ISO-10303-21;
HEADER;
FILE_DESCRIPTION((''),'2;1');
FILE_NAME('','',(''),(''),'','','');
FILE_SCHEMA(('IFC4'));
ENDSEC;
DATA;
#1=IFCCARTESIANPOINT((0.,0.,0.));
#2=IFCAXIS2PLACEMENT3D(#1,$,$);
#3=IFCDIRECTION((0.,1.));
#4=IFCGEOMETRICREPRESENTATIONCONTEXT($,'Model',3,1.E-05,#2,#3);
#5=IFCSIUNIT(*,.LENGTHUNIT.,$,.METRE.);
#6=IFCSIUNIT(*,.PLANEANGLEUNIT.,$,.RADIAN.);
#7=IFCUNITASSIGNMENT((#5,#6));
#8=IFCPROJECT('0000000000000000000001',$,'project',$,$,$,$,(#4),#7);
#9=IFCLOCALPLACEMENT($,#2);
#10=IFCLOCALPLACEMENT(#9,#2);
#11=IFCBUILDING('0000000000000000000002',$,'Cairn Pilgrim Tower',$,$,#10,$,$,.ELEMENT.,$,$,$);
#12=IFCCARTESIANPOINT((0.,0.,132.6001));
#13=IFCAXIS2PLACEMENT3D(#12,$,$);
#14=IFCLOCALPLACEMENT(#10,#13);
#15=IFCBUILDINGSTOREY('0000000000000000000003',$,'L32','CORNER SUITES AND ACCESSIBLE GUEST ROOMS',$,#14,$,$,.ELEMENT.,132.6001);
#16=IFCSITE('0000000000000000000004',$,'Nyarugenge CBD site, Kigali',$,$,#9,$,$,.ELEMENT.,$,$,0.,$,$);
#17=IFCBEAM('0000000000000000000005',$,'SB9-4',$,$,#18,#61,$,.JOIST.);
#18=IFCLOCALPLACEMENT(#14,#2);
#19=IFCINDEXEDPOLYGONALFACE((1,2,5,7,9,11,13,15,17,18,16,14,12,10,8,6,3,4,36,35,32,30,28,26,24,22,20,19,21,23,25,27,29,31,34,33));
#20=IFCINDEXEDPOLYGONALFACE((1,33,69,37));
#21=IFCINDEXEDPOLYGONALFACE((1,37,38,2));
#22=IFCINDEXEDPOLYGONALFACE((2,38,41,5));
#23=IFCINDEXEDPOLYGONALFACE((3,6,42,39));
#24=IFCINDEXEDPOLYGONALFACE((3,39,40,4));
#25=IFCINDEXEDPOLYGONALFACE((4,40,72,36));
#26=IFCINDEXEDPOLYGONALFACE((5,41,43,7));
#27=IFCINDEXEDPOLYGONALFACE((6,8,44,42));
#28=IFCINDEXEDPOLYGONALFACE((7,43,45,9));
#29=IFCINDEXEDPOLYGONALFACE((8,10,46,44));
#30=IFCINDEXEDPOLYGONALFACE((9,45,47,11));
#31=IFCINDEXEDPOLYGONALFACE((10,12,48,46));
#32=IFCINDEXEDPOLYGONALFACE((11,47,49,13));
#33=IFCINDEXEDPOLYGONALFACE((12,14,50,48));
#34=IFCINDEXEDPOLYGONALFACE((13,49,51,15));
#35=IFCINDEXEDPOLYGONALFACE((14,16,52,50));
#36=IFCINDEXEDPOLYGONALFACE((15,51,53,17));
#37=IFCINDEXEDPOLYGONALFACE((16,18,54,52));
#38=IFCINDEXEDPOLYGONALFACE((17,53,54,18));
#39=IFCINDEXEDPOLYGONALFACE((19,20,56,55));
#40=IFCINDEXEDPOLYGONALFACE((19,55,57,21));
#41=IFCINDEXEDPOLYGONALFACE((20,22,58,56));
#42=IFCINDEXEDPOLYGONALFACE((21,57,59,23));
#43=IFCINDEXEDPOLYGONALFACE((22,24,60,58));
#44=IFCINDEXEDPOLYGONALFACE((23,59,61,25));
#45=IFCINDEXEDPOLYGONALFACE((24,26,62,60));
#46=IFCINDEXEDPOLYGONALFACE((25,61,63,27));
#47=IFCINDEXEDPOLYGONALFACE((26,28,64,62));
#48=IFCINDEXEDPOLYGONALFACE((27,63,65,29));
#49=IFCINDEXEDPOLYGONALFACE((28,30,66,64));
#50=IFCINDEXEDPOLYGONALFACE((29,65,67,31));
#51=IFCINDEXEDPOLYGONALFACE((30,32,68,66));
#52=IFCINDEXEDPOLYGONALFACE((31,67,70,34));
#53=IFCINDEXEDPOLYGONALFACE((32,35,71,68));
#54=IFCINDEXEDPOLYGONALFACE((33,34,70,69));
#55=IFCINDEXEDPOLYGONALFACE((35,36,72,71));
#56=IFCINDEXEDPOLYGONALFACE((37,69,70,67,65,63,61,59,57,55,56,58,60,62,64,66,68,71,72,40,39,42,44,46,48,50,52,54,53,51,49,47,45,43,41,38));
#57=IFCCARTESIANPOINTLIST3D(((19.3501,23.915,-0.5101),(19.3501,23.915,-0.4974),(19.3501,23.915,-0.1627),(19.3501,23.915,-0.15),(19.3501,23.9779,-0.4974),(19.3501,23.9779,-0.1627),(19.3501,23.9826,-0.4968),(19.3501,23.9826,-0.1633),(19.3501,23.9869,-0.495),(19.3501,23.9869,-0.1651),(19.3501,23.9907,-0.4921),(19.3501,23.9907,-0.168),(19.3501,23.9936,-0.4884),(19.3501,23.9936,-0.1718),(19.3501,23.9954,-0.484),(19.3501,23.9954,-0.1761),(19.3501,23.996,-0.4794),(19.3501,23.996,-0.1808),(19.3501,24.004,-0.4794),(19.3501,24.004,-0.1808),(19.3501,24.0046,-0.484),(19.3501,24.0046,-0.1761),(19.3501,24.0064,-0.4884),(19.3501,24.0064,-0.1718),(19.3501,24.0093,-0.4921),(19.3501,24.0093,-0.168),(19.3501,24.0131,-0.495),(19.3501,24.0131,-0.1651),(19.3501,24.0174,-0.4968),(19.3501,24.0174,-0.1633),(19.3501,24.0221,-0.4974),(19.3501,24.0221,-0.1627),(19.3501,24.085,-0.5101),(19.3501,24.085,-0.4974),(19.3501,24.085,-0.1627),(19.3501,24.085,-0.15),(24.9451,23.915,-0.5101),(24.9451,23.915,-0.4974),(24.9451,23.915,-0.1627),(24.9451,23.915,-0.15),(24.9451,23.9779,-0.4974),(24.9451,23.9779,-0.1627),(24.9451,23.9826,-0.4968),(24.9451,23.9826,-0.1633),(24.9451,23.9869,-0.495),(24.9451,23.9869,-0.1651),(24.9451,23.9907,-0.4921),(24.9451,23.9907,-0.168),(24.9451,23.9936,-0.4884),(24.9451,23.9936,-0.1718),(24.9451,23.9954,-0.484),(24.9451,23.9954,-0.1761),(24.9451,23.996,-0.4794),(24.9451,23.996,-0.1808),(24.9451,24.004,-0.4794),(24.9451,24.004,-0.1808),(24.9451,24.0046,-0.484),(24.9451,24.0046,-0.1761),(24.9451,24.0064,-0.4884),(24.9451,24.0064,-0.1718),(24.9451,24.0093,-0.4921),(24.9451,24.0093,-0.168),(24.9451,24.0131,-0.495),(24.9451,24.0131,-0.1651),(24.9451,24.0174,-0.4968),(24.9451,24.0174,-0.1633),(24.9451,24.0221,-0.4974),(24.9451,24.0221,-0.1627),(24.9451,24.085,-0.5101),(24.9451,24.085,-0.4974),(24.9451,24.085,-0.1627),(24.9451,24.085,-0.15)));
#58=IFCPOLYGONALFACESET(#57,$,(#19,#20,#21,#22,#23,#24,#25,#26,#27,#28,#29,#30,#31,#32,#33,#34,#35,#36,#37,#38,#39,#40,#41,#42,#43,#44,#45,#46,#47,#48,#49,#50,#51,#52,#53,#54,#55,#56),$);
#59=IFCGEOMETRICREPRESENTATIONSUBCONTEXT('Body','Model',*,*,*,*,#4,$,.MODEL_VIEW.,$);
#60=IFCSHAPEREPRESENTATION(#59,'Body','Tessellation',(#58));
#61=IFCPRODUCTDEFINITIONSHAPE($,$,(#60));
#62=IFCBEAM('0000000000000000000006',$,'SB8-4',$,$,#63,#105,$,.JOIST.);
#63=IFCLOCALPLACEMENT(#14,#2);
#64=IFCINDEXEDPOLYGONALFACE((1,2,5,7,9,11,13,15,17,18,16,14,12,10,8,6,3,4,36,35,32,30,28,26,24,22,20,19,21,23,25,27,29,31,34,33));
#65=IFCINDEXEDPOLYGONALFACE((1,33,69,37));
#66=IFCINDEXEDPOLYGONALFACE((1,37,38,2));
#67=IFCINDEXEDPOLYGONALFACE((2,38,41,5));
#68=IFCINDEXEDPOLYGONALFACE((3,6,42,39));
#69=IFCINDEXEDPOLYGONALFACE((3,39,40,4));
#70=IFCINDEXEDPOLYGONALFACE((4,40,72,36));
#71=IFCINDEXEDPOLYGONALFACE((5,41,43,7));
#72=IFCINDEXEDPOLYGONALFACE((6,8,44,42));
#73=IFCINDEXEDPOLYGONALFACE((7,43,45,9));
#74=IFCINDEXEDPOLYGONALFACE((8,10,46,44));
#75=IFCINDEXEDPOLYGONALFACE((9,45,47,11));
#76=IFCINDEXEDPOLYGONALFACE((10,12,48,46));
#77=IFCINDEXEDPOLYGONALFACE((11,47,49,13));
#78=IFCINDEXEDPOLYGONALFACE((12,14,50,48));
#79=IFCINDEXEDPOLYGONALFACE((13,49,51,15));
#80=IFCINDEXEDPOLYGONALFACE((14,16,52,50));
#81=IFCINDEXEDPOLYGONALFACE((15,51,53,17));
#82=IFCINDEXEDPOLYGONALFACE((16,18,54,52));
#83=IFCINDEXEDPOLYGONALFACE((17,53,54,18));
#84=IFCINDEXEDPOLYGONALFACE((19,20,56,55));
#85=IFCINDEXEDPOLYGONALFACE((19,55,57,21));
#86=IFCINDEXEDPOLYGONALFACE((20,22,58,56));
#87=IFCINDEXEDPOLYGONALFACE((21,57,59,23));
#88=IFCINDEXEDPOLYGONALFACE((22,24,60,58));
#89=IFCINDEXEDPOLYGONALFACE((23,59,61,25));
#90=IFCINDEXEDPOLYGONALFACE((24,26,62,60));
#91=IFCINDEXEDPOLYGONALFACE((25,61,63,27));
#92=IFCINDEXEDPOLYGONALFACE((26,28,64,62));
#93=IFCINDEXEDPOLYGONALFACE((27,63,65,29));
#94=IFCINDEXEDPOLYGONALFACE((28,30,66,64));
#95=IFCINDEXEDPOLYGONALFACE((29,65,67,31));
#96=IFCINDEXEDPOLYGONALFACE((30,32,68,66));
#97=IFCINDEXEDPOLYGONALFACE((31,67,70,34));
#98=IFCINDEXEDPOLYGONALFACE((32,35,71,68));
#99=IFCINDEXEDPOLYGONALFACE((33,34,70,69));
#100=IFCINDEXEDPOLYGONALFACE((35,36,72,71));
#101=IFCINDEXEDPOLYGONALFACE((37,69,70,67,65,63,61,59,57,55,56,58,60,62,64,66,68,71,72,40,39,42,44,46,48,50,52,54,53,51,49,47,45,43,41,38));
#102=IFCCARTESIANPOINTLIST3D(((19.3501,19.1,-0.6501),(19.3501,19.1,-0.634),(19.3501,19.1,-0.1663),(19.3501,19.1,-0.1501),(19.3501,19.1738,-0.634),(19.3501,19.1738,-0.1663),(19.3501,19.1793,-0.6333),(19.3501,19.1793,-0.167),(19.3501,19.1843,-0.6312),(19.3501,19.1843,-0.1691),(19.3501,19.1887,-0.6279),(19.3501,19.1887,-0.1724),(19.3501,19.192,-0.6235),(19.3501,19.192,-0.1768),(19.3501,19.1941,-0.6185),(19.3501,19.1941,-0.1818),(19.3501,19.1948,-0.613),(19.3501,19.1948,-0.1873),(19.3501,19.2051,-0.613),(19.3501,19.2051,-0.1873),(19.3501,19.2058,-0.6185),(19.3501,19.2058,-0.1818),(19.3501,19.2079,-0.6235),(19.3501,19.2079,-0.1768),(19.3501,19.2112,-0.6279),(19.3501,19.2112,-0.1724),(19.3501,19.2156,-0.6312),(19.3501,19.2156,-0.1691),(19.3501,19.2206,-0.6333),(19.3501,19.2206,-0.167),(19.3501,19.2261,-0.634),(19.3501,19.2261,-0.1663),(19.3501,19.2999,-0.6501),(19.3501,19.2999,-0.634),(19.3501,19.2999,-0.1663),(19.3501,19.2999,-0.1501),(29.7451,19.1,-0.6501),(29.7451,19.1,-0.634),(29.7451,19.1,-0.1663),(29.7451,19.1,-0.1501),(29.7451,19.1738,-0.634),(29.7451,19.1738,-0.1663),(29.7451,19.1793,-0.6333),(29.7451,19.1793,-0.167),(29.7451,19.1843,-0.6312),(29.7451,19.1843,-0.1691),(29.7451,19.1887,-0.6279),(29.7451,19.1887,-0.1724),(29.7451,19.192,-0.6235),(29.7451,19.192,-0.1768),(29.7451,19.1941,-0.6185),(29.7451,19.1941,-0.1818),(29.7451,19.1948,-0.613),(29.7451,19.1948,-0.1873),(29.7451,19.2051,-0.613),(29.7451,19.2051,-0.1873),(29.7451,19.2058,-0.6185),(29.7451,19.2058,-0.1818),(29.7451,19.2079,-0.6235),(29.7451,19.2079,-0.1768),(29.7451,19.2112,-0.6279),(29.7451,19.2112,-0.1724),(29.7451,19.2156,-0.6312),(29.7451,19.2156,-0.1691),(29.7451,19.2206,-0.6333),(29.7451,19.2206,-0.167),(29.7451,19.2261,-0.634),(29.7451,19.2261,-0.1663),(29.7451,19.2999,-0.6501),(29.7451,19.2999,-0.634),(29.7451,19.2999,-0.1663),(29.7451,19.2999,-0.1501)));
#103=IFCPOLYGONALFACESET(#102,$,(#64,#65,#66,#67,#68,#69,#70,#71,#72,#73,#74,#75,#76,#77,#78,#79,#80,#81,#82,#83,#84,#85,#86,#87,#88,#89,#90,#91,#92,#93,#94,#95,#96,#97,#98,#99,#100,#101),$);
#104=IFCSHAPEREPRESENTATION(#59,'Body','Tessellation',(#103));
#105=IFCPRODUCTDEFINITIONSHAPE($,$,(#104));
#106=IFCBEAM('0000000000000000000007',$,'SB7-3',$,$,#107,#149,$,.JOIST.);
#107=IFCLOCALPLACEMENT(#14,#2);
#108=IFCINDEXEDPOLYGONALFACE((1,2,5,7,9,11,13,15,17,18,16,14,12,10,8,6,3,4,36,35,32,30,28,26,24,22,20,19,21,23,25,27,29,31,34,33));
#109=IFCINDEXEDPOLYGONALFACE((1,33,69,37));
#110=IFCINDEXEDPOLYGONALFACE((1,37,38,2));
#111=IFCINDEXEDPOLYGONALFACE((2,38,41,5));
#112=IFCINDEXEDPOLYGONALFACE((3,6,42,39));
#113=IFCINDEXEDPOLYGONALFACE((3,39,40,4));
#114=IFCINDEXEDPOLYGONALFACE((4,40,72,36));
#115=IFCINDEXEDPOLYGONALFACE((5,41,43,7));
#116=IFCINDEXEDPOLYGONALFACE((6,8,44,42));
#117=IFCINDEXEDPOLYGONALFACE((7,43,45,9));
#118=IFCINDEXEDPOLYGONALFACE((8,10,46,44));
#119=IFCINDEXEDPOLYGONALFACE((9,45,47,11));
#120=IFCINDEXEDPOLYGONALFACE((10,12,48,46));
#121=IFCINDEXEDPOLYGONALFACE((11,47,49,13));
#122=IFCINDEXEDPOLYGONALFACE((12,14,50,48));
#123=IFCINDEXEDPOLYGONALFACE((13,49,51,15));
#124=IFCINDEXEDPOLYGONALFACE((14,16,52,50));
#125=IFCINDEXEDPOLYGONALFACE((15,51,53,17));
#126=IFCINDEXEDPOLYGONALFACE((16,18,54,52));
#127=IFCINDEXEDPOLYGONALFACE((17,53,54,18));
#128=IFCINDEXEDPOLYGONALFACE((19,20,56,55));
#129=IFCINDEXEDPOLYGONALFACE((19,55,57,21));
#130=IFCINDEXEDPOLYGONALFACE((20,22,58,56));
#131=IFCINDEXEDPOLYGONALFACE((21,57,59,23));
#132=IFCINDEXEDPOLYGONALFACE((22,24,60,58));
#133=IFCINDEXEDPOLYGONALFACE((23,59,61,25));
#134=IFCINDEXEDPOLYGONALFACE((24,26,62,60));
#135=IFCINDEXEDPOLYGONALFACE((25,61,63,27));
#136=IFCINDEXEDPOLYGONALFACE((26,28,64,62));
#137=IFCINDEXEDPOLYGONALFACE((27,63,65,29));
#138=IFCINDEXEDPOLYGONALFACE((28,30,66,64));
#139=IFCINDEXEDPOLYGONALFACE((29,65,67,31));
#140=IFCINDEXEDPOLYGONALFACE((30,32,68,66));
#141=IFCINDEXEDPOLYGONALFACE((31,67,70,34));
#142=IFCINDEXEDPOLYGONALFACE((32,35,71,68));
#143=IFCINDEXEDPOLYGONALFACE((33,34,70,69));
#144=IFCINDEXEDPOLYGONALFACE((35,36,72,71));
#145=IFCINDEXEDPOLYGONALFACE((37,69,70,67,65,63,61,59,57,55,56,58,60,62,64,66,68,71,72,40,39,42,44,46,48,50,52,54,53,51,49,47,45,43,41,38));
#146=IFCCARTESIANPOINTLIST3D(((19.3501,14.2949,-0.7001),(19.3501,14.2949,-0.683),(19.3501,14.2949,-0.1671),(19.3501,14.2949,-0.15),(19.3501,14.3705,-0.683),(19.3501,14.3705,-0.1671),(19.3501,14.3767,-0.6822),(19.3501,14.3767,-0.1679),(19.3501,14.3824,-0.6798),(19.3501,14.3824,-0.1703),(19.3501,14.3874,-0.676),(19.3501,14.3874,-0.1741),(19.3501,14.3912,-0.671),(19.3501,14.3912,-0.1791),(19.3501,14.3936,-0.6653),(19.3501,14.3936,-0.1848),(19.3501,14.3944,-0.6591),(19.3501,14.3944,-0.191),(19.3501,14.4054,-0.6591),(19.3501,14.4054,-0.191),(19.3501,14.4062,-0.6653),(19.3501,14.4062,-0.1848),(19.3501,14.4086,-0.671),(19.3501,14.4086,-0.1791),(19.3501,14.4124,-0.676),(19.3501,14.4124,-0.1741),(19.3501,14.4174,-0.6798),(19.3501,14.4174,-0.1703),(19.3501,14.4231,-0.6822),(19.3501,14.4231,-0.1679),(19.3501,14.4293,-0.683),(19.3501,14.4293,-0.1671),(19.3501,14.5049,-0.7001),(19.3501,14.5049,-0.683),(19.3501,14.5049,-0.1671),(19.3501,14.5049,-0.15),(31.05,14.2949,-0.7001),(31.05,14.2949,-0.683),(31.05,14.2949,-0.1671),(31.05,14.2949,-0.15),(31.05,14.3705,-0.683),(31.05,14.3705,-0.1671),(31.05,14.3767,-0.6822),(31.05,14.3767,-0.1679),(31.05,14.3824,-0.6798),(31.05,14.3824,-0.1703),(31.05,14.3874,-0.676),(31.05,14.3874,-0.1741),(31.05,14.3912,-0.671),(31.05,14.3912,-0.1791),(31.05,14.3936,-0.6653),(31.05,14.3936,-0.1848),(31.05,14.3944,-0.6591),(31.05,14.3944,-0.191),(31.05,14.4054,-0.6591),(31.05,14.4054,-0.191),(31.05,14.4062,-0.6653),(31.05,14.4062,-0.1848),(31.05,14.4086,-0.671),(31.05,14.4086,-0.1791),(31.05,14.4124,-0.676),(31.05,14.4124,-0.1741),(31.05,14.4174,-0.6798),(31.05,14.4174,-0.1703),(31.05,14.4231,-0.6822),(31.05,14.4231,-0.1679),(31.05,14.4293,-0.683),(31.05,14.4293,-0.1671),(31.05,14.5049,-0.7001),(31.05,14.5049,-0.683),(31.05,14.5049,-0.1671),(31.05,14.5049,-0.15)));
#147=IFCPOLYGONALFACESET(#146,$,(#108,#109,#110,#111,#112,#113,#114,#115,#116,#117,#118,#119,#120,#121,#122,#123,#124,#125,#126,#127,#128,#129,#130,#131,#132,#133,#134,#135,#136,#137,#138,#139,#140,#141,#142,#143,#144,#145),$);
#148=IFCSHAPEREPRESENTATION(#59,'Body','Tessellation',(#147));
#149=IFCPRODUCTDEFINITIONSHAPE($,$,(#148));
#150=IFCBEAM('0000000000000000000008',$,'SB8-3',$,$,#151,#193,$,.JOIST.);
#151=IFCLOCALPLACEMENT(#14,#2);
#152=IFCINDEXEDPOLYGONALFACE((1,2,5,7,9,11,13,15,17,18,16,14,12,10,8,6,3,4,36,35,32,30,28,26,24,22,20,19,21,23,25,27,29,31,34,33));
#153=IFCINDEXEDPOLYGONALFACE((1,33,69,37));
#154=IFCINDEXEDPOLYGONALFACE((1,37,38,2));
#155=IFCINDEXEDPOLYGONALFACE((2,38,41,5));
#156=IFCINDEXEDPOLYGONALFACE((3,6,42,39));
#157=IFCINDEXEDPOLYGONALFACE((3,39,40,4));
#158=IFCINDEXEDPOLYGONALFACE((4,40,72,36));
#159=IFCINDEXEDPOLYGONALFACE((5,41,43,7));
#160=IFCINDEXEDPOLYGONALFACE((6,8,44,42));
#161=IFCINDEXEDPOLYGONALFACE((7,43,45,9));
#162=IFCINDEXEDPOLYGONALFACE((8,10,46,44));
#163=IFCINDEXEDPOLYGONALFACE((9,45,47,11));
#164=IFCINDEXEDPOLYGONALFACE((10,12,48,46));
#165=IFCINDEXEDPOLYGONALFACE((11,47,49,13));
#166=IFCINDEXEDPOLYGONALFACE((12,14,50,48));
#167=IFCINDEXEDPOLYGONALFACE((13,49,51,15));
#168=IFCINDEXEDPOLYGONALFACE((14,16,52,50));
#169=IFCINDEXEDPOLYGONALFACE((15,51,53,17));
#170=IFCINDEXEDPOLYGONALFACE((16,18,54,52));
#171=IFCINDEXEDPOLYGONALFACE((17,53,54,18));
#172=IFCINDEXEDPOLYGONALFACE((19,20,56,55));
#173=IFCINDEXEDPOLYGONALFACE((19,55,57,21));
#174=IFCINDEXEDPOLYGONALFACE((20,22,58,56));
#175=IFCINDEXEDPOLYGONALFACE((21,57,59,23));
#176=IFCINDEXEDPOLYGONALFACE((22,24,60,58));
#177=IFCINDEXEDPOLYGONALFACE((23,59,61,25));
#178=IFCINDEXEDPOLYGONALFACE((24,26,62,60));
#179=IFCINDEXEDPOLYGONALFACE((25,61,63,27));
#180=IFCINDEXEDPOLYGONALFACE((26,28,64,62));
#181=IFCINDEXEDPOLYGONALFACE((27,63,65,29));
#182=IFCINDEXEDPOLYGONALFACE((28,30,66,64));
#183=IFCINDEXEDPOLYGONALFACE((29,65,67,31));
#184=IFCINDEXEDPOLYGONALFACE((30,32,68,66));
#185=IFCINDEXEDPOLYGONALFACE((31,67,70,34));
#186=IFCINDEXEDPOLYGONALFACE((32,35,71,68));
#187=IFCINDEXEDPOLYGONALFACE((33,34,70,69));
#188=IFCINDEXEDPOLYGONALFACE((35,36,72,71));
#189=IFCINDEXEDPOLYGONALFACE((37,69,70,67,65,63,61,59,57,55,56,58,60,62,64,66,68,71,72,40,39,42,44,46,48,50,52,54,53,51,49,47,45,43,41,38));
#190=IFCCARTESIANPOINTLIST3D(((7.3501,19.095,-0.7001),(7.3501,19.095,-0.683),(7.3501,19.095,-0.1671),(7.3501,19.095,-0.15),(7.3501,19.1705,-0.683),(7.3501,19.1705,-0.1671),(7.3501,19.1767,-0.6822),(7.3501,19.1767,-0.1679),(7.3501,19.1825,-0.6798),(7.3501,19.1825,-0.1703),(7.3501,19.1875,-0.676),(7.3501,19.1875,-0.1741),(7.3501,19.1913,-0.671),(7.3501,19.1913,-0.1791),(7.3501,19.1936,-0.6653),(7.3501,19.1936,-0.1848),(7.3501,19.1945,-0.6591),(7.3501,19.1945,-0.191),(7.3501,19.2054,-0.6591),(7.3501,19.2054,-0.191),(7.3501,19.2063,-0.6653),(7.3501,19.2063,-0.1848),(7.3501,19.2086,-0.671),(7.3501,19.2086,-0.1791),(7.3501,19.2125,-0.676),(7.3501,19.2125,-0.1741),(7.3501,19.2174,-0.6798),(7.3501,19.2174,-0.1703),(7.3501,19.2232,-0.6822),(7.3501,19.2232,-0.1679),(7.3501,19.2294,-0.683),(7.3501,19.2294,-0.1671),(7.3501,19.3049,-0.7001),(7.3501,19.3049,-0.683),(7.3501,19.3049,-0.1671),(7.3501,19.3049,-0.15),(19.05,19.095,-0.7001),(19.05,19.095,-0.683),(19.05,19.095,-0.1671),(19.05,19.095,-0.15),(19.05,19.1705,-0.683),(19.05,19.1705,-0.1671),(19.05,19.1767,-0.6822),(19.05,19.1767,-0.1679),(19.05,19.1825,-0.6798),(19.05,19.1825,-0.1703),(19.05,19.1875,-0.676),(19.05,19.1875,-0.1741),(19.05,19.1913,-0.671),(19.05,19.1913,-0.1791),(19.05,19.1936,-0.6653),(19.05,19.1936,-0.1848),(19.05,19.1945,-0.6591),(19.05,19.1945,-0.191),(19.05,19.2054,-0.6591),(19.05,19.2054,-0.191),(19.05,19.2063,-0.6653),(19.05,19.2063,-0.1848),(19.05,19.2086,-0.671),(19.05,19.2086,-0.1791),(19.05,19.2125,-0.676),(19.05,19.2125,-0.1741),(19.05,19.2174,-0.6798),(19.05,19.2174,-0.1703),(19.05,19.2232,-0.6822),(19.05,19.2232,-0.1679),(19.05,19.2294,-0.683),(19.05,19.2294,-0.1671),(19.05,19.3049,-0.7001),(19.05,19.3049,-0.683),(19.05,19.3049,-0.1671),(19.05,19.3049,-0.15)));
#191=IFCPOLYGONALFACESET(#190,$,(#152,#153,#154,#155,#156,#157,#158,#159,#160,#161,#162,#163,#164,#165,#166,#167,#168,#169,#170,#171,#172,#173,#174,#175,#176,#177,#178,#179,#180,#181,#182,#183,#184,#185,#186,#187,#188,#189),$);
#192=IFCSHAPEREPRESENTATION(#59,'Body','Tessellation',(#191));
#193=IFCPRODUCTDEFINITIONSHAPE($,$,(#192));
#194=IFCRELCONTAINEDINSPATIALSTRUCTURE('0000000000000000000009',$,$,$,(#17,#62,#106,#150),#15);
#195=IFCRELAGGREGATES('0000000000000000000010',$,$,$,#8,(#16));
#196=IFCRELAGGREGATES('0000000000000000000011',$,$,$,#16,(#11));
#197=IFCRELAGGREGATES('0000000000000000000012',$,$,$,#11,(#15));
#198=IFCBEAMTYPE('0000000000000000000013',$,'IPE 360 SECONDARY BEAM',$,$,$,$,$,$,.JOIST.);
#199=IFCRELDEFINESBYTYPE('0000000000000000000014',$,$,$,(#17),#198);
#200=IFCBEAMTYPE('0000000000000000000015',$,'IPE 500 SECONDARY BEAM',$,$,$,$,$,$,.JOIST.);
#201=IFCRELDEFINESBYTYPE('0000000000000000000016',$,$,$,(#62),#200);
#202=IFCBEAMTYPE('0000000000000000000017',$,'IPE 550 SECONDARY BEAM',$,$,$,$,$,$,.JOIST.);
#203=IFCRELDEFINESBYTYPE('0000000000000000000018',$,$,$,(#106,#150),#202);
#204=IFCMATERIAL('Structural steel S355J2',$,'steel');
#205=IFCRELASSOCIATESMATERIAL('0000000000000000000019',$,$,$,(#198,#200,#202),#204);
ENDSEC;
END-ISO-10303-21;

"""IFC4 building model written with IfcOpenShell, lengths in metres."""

from ifc_helpers import new_model, si_unit, direction, frame, origin, origin_2d, place, context, subcontext, project, spatial, i_section, extrude, material, material_profile, profile_set, type_object, element, save


model = new_model("IFC4")

# Units and contexts
model_context = context("Model", 3, precision=1e-05, world=origin(), true_north=direction((0.0, 1.0)))
body_context = subcontext(model_context, "Body", "Model", "MODEL_VIEW")
ifc_project = project(units=[si_unit("LENGTHUNIT", "METRE"), si_unit("PLANEANGLEUNIT", "RADIAN")], contexts=[model_context])

# Site, building, storey
site_placement = place(None, origin())
site = spatial("IfcSite", under=ifc_project, at=site_placement, Name="Nyarugenge CBD site, Kigali", CompositionType="ELEMENT", RefElevation=0.0)
building_placement = place(site_placement, origin())
building = spatial("IfcBuilding", under=site, at=building_placement, Name="Cairn Pilgrim Tower", CompositionType="ELEMENT")
storey_placement = place(building_placement, frame((0.0, 0.0, 132.6001)))
storey = spatial("IfcBuildingStorey", under=building, at=storey_placement, Name="L32", Description="CORNER SUITES AND ACCESSIBLE GUEST ROOMS", CompositionType="ELEMENT", Elevation=132.6001)

# Beams
ifc_material_1 = material(Name="Structural steel S355J2", Category="steel")
ifc_material_profile_1 = material_profile(ifc_material_1, i_section(OverallWidth=0.1699, OverallDepth=0.3601, WebThickness=0.0081, FlangeThickness=0.0127, FilletRadius=0.0181, at=origin_2d()), Name="IPE 360")
ifc_profile_set_1 = profile_set([ifc_material_profile_1], Name="Structural steel S355J2")
beam_type_1 = type_object("IfcBeamType", Name="IPE 360 SECONDARY BEAM", PredefinedType="JOIST", material=ifc_profile_set_1)
beam_1_placement = place(storey_placement, frame((19.3501, 24.0, -0.3301), z_axis=(1.0, 0.0, 0.0), x_axis=(0.0, 1.0, 0.0)))
element("IfcBeam", 1, at=beam_1_placement, inside=storey, type_object=beam_type_1, Name="SB9-4", PredefinedType="JOIST", context=body_context, shape_type="SweptSolid", body=[
    extrude(i_section(OverallWidth=0.1699, OverallDepth=0.3601, WebThickness=0.0081, FlangeThickness=0.0127, FilletRadius=0.0181, at=origin_2d()), origin(), (0.0, 0.0, 1.0), 5.595),
])
ifc_material_profile_2 = material_profile(ifc_material_1, i_section(OverallWidth=0.2, OverallDepth=0.5, WebThickness=0.0103, FlangeThickness=0.0161, FilletRadius=0.021, at=origin_2d()), Name="IPE 500")
ifc_profile_set_2 = profile_set([ifc_material_profile_2], Name="Structural steel S355J2")
beam_type_2 = type_object("IfcBeamType", Name="IPE 500 SECONDARY BEAM", PredefinedType="JOIST", material=ifc_profile_set_2)
beam_2_placement = place(storey_placement, frame((19.3501, 19.2, -0.4001), z_axis=(1.0, 0.0, 0.0), x_axis=(0.0, 1.0, 0.0)))
element("IfcBeam", 2, at=beam_2_placement, inside=storey, type_object=beam_type_2, Name="SB8-4", PredefinedType="JOIST", context=body_context, shape_type="SweptSolid", body=[
    extrude(i_section(OverallWidth=0.2, OverallDepth=0.5, WebThickness=0.0103, FlangeThickness=0.0161, FilletRadius=0.021, at=origin_2d()), origin(), (0.0, 0.0, 1.0), 10.395),
])
ifc_material_profile_3 = material_profile(ifc_material_1, i_section(OverallWidth=0.21, OverallDepth=0.55, WebThickness=0.011, FlangeThickness=0.0171, FilletRadius=0.0239, at=origin_2d()), Name="IPE 550")
ifc_profile_set_3 = profile_set([ifc_material_profile_3], Name="Structural steel S355J2")
beam_type_3 = type_object("IfcBeamType", Name="IPE 550 SECONDARY BEAM", PredefinedType="JOIST", material=ifc_profile_set_3)
for number, where, z_axis, x_axis, name in (
    (3, (19.3501, 14.3999, -0.425), (1.0, 0.0, 0.0), (0.0, 1.0, 0.0), "SB7-3"),
    (4, (7.3501, 19.2, -0.425), (1.0, 0.0, 0.0), (0.0, 1.0, 0.0), "SB8-3"),
):
    element("IfcBeam", number, at=place(storey_placement, frame(where, z_axis=z_axis, x_axis=x_axis)), inside=storey, type_object=beam_type_3, Name=name, PredefinedType="JOIST", context=body_context, shape_type="SweptSolid", body=[
        extrude(i_section(OverallWidth=0.21, OverallDepth=0.55, WebThickness=0.011, FlangeThickness=0.0171, FilletRadius=0.0239, at=origin_2d()), origin(), (0.0, 0.0, 1.0), 11.7),
    ])

save(model, "model.ifc")
